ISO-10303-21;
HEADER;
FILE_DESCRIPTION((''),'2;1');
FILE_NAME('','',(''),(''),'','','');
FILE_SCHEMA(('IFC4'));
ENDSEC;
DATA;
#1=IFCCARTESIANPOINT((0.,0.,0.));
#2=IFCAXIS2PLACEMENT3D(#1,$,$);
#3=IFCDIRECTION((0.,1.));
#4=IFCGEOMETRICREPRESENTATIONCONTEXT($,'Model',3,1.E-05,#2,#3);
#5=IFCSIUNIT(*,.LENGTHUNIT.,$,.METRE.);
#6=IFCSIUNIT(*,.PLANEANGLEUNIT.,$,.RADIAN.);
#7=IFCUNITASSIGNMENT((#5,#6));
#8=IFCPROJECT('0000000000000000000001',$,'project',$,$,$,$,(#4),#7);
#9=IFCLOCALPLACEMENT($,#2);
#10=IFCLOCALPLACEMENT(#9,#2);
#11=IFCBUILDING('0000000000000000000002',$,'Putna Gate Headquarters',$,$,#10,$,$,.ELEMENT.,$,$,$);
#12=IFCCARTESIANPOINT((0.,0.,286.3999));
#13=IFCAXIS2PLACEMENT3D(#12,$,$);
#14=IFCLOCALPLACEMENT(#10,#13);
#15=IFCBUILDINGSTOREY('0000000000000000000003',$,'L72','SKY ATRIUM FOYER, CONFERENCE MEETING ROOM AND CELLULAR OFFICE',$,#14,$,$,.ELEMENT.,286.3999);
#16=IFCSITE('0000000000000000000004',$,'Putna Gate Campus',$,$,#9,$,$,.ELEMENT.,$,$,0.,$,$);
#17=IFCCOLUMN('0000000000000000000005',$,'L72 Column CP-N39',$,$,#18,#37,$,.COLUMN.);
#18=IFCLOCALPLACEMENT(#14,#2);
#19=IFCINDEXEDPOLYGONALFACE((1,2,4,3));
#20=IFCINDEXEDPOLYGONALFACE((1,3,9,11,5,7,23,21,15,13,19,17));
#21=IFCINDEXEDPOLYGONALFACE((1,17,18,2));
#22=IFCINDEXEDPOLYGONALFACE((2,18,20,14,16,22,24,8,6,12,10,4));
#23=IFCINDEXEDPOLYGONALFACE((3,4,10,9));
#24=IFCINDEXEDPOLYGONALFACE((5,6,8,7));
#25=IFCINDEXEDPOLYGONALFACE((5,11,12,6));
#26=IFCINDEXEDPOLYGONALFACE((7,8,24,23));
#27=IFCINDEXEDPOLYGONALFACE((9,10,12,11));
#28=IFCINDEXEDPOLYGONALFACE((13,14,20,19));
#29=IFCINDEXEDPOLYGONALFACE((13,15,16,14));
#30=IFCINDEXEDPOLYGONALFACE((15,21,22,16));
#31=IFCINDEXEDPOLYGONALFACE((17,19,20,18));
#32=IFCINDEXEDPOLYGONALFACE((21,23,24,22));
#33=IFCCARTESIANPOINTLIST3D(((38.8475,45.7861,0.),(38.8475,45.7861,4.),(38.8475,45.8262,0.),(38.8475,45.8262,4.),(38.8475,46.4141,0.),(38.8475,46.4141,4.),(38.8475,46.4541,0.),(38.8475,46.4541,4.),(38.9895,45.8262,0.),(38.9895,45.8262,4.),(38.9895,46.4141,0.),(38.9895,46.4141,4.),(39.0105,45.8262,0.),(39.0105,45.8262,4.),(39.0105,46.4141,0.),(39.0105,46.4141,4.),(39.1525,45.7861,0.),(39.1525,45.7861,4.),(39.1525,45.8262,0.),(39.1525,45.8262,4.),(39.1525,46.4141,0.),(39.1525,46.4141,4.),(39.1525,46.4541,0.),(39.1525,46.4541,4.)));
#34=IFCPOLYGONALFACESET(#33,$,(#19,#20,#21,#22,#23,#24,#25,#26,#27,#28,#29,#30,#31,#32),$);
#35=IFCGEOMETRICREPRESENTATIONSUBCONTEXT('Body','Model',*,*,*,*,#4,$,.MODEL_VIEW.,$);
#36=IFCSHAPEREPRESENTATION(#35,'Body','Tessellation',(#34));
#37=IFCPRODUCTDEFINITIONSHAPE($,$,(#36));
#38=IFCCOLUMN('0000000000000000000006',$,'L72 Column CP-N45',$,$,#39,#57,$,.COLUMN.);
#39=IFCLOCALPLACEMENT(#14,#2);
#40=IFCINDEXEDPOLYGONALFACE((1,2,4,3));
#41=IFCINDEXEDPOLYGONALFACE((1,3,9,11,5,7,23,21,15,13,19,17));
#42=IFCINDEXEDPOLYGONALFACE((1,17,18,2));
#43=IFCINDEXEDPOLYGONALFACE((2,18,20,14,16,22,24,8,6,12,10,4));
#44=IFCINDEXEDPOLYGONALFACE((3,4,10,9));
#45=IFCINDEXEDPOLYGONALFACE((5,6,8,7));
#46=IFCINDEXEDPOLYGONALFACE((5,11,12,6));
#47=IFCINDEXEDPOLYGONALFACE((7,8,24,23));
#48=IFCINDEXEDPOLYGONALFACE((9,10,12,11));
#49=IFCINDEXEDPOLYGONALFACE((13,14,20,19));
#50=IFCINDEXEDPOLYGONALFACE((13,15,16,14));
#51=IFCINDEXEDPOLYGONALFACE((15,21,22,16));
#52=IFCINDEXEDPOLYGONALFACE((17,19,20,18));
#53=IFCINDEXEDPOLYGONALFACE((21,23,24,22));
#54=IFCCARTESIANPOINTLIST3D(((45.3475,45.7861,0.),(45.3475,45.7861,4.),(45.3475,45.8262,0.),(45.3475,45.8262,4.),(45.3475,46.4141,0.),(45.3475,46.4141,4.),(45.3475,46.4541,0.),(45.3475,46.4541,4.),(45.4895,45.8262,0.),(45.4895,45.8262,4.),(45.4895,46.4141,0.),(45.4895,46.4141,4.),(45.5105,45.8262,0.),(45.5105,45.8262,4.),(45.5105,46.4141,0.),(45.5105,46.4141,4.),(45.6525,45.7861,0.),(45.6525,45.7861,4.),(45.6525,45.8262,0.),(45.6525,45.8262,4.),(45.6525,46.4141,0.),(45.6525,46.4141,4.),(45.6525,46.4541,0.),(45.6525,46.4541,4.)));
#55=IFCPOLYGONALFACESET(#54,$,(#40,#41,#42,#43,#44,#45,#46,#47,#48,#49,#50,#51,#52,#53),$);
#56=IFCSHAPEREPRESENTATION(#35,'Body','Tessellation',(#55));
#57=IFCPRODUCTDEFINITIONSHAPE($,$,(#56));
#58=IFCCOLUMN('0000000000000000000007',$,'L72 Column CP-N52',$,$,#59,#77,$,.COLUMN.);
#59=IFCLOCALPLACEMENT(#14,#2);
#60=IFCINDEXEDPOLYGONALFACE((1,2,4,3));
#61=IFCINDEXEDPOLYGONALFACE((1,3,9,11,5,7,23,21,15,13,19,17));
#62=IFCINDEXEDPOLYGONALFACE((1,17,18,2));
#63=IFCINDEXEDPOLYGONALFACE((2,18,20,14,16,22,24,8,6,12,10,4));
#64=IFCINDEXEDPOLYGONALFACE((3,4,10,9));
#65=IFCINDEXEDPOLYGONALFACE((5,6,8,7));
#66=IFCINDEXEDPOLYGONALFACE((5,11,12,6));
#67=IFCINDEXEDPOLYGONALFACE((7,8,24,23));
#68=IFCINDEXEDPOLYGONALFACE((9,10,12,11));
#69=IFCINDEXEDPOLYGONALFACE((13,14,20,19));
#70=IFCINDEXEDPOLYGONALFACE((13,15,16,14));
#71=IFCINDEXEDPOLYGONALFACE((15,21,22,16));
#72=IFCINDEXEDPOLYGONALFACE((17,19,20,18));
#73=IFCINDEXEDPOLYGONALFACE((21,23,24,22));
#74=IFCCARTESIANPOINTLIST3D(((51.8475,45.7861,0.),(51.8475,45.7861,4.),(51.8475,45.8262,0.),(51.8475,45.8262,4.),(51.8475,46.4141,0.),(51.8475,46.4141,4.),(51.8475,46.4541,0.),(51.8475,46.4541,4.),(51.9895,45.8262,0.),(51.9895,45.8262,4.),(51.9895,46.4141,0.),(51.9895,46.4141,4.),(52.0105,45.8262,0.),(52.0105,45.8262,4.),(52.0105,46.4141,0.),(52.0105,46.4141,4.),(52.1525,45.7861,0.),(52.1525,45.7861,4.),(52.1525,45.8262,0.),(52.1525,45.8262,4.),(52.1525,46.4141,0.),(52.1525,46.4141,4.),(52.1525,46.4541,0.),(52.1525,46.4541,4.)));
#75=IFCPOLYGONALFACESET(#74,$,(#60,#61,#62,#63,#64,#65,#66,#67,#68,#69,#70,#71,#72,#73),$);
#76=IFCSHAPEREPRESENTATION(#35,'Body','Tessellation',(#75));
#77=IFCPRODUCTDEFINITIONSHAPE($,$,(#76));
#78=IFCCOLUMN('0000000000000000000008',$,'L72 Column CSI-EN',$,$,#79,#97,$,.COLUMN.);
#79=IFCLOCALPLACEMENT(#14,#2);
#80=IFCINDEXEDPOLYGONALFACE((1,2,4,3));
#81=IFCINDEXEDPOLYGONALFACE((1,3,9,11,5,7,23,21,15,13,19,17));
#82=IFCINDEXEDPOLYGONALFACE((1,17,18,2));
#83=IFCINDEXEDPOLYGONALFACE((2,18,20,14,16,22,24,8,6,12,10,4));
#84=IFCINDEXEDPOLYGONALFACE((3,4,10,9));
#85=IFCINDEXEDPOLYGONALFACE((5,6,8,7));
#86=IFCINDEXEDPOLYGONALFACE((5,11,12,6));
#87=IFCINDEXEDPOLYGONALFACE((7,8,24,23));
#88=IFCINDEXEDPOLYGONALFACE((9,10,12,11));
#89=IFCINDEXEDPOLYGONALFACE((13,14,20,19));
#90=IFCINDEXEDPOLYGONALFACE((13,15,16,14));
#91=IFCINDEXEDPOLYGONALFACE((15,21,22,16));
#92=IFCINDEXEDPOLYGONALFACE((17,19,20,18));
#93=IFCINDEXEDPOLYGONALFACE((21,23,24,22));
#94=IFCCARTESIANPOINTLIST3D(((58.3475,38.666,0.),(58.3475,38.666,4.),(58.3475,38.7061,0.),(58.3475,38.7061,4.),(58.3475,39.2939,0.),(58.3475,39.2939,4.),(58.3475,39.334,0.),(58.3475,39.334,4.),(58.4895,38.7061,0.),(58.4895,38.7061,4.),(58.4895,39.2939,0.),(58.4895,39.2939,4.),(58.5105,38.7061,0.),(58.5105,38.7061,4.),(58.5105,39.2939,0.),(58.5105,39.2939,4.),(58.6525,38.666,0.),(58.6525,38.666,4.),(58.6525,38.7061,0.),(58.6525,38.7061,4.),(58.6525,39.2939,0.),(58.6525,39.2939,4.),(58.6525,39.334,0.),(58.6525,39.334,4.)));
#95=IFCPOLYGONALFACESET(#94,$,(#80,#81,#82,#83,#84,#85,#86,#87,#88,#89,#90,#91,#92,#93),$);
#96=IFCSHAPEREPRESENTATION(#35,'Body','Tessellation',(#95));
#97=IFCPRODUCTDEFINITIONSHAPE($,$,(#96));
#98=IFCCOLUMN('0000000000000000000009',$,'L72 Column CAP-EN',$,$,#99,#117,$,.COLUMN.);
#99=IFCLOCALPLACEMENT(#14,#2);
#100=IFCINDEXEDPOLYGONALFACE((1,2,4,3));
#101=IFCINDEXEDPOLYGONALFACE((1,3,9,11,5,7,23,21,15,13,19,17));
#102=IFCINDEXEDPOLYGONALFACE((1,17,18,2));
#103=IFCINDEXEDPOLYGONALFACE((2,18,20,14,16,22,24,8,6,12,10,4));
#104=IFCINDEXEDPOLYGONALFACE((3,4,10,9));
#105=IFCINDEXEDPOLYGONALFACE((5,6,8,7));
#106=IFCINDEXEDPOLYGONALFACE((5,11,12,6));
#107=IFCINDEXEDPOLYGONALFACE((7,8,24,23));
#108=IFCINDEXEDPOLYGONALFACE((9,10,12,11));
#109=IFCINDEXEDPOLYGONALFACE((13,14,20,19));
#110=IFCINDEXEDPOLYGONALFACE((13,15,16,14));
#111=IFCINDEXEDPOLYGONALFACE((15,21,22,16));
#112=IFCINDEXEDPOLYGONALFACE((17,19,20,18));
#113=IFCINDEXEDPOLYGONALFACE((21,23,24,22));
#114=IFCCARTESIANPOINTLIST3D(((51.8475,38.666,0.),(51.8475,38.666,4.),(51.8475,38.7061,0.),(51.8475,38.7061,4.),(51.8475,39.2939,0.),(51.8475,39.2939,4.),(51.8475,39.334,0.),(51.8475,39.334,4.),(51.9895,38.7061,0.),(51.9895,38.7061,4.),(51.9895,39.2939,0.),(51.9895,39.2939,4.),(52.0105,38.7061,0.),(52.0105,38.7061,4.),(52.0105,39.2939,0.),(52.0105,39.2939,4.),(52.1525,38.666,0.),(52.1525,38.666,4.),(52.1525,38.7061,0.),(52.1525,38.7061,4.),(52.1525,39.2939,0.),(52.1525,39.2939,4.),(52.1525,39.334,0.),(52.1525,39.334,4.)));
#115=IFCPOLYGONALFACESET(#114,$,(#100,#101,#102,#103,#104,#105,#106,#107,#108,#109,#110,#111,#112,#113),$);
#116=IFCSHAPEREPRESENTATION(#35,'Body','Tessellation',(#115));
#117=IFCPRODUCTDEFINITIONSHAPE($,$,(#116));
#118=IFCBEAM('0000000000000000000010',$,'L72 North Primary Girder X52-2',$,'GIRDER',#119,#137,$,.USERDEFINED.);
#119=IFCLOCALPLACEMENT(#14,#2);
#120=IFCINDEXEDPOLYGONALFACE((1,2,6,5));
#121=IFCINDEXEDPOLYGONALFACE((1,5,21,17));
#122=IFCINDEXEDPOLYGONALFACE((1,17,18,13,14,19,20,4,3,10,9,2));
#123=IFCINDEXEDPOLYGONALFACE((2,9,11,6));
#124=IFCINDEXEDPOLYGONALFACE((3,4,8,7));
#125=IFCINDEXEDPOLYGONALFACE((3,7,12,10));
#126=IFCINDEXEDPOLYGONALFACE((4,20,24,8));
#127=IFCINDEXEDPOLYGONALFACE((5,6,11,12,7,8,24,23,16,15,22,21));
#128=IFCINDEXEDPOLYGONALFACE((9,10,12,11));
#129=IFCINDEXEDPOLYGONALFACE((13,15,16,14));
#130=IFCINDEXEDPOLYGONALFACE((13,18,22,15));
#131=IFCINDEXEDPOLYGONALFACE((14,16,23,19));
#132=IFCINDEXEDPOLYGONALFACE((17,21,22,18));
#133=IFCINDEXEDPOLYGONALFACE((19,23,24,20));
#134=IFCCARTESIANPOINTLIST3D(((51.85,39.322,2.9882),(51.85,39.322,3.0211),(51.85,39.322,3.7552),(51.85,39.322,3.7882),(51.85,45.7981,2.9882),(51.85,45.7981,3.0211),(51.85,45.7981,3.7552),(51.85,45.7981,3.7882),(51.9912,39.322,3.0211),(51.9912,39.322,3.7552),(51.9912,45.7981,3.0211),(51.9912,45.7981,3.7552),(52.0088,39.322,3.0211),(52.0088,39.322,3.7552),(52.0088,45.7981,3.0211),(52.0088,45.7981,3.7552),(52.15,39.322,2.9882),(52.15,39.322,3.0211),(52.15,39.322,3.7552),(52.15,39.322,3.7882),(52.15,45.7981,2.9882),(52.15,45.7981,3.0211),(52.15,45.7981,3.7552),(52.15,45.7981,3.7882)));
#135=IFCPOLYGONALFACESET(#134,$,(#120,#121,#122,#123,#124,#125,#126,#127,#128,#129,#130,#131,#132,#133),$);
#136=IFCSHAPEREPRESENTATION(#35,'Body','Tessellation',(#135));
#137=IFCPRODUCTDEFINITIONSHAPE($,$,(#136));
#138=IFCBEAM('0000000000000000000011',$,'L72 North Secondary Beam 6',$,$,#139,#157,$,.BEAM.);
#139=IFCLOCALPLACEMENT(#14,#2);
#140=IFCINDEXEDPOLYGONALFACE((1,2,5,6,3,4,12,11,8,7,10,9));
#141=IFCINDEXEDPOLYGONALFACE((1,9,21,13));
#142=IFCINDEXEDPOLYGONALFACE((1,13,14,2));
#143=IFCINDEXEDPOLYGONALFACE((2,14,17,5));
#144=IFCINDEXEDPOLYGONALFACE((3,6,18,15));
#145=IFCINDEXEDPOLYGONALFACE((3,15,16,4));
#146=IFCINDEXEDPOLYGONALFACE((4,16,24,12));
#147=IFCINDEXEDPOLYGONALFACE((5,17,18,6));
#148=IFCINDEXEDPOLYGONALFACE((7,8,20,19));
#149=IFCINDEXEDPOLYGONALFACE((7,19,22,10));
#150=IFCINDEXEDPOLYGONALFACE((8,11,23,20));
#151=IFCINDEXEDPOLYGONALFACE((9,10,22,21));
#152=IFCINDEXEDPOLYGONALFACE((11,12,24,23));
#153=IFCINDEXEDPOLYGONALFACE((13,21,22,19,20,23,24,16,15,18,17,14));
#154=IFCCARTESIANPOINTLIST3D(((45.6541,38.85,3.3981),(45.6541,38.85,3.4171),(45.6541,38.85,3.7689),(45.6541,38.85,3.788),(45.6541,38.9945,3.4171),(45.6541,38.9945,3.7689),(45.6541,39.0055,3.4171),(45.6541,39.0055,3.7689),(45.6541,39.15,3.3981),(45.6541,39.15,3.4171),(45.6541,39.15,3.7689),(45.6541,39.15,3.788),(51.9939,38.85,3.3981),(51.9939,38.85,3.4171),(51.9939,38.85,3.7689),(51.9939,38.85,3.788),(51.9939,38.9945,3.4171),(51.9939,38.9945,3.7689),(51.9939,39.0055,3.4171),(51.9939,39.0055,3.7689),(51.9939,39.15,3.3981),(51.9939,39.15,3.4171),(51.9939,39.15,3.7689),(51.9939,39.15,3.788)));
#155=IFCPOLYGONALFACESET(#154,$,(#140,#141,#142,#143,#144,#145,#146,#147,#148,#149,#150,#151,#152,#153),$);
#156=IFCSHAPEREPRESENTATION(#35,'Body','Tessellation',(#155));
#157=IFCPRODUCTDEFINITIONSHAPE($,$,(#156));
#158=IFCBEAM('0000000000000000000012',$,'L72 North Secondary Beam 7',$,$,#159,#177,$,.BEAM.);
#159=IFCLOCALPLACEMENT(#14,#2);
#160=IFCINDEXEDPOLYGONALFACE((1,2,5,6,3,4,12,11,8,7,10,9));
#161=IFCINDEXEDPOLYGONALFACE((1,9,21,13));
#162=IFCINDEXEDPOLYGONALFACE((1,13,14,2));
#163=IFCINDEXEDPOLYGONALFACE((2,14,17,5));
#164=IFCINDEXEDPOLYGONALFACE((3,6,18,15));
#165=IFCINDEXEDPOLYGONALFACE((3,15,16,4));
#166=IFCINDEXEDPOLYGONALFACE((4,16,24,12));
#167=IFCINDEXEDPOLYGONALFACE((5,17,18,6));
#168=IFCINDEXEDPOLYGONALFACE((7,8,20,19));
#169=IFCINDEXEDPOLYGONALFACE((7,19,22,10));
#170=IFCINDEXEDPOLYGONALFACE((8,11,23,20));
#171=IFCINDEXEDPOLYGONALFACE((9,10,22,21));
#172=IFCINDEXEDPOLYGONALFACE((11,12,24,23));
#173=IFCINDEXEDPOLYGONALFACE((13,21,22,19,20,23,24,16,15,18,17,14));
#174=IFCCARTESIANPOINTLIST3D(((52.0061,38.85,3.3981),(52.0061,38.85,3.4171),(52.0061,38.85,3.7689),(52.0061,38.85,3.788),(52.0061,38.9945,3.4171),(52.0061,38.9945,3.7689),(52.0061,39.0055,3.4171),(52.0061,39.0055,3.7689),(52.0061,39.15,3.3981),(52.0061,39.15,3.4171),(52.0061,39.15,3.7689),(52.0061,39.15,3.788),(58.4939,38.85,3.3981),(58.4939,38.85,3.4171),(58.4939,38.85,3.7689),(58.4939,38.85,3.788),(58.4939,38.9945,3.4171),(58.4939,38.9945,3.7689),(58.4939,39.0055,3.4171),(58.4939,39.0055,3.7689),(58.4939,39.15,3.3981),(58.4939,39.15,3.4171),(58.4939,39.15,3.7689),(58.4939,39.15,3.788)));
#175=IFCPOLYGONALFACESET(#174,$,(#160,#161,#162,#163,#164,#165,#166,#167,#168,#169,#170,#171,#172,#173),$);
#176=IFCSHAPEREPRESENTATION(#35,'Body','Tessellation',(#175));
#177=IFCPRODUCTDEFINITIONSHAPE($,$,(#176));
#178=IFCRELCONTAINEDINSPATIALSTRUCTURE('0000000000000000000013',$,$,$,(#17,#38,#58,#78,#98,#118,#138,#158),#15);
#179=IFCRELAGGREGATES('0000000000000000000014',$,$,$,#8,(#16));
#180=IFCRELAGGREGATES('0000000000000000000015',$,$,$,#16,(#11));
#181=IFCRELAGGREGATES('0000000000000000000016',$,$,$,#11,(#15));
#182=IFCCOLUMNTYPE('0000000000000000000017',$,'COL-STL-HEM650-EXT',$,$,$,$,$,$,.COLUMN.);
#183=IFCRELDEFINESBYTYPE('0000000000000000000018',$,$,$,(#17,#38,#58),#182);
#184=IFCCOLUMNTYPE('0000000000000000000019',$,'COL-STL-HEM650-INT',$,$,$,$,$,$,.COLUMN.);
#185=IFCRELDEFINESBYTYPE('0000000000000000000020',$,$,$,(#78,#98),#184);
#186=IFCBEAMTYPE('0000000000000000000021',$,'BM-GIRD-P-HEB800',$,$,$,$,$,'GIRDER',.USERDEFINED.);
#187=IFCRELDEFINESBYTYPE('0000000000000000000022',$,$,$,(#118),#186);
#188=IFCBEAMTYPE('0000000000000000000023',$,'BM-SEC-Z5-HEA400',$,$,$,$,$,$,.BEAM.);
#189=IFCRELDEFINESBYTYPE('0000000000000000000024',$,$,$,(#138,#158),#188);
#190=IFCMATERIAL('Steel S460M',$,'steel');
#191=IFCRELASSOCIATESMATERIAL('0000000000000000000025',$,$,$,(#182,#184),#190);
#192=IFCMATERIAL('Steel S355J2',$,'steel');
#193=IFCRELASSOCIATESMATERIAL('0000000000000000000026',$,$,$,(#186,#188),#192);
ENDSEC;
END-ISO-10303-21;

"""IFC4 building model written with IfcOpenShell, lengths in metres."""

from ifc_helpers import new_model, si_unit, direction, frame, origin, origin_2d, place, context, subcontext, project, spatial, i_section, extrude, material, material_profile, profile_set, type_object, element, save


model = new_model("IFC4")

# Units and contexts
model_context = context("Model", 3, precision=1e-05, world=origin(), true_north=direction((0.0, 1.0)))
body_context = subcontext(model_context, "Body", "Model", "MODEL_VIEW")
ifc_project = project(units=[si_unit("LENGTHUNIT", "METRE"), si_unit("PLANEANGLEUNIT", "RADIAN")], contexts=[model_context])

# Site, building, storey
site_placement = place(None, origin())
site = spatial("IfcSite", under=ifc_project, at=site_placement, Name="Putna Gate Campus", CompositionType="ELEMENT", RefElevation=0.0)
building_placement = place(site_placement, origin())
building = spatial("IfcBuilding", under=site, at=building_placement, Name="Putna Gate Headquarters", CompositionType="ELEMENT")
storey_placement = place(building_placement, frame((0.0, 0.0, 286.3999)))
storey = spatial("IfcBuildingStorey", under=building, at=storey_placement, Name="L72", Description="SKY ATRIUM FOYER, CONFERENCE MEETING ROOM AND CELLULAR OFFICE", CompositionType="ELEMENT", Elevation=286.3999)

# Columns
ifc_material_1 = material(Name="Steel S460M", Category="steel")
ifc_material_profile_1 = material_profile(ifc_material_1, i_section(OverallWidth=0.3049, OverallDepth=0.668, WebThickness=0.021, FlangeThickness=0.04, at=origin_2d()), Name="Steel S460M")
ifc_profile_set_1 = profile_set([ifc_material_profile_1], Name="Steel S460M")
column_type_1 = type_object("IfcColumnType", Name="COL-STL-HEM650-EXT", PredefinedType="COLUMN", material=ifc_profile_set_1)
for number, where, z_axis, x_axis, name in (
    (1, (39.0, 46.1201, 0.0), (0.0, 0.0, 1.0), (1.0, 0.0, 0.0), "L72 Column CP-N39"),
    (2, (45.5, 46.1201, 0.0), (0.0, 0.0, 1.0), (1.0, 0.0, 0.0), "L72 Column CP-N45"),
    (3, (52.0, 46.1201, 0.0), (0.0, 0.0, 1.0), (1.0, 0.0, 0.0), "L72 Column CP-N52"),
):
    element("IfcColumn", number, at=place(storey_placement, frame(where, z_axis=z_axis, x_axis=x_axis)), inside=storey, type_object=column_type_1, Name=name, PredefinedType="COLUMN", context=body_context, shape_type="SweptSolid", body=[
        extrude(i_section(OverallWidth=0.3049, OverallDepth=0.668, WebThickness=0.021, FlangeThickness=0.04, at=origin_2d()), origin(), (0.0, 0.0, 1.0), 4.0),
    ])
ifc_material_profile_2 = material_profile(ifc_material_1, i_section(OverallWidth=0.3049, OverallDepth=0.668, WebThickness=0.021, FlangeThickness=0.04, at=origin_2d()), Name="Steel S460M")
ifc_profile_set_2 = profile_set([ifc_material_profile_2], Name="Steel S460M")
column_type_2 = type_object("IfcColumnType", Name="COL-STL-HEM650-INT", PredefinedType="COLUMN", material=ifc_profile_set_2)
for number, where, z_axis, x_axis, name in (
    (4, (58.5, 39.0, 0.0), (0.0, 0.0, 1.0), (1.0, 0.0, 0.0), "L72 Column CSI-EN"),
    (5, (52.0, 39.0, 0.0), (0.0, 0.0, 1.0), (1.0, 0.0, 0.0), "L72 Column CAP-EN"),
):
    element("IfcColumn", number, at=place(storey_placement, frame(where, z_axis=z_axis, x_axis=x_axis)), inside=storey, type_object=column_type_2, Name=name, PredefinedType="COLUMN", context=body_context, shape_type="SweptSolid", body=[
        extrude(i_section(OverallWidth=0.3049, OverallDepth=0.668, WebThickness=0.021, FlangeThickness=0.04, at=origin_2d()), origin(), (0.0, 0.0, 1.0), 4.0),
    ])

# Beams
ifc_material_2 = material(Name="Steel S355J2", Category="steel")
ifc_material_profile_3 = material_profile(ifc_material_2, i_section(OverallWidth=0.3, OverallDepth=0.8, WebThickness=0.0176, FlangeThickness=0.033, at=origin_2d()), Name="Steel S355J2")
ifc_profile_set_3 = profile_set([ifc_material_profile_3], Name="Steel S355J2")
beam_type_1 = type_object("IfcBeamType", Name="BM-GIRD-P-HEB800", ElementType="GIRDER", PredefinedType="USERDEFINED", material=ifc_profile_set_3)
beam_1_placement = place(storey_placement, frame((52.0, 39.322, 3.3882), z_axis=(0.0, 1.0, 0.0), x_axis=(-1.0, 0.0, 0.0)))
element("IfcBeam", 6, at=beam_1_placement, inside=storey, type_object=beam_type_1, Name="L72 North Primary Girder X52-2", ObjectType="GIRDER", PredefinedType="USERDEFINED", context=body_context, shape_type="SweptSolid", body=[
    extrude(i_section(OverallWidth=0.3, OverallDepth=0.8, WebThickness=0.0176, FlangeThickness=0.033, at=origin_2d()), origin(), (0.0, 0.0, 1.0), 6.4761),
])
ifc_material_profile_4 = material_profile(ifc_material_2, i_section(OverallWidth=0.3, OverallDepth=0.3899, WebThickness=0.011, FlangeThickness=0.019, at=origin_2d()), Name="Steel S355J2")
ifc_profile_set_4 = profile_set([ifc_material_profile_4], Name="Steel S355J2")
beam_type_2 = type_object("IfcBeamType", Name="BM-SEC-Z5-HEA400", PredefinedType="BEAM", material=ifc_profile_set_4)
beam_2_placement = place(storey_placement, frame((45.6541, 39.0, 3.593), z_axis=(1.0, 0.0, 0.0), x_axis=(0.0, 1.0, 0.0)))
element("IfcBeam", 7, at=beam_2_placement, inside=storey, type_object=beam_type_2, Name="L72 North Secondary Beam 6", PredefinedType="BEAM", context=body_context, shape_type="SweptSolid", body=[
    extrude(i_section(OverallWidth=0.3, OverallDepth=0.3899, WebThickness=0.011, FlangeThickness=0.019, at=origin_2d()), origin(), (0.0, 0.0, 1.0), 6.3398),
])
beam_3_placement = place(storey_placement, frame((52.0061, 39.0, 3.593), z_axis=(1.0, 0.0, 0.0), x_axis=(0.0, 1.0, 0.0)))
element("IfcBeam", 8, at=beam_3_placement, inside=storey, type_object=beam_type_2, Name="L72 North Secondary Beam 7", PredefinedType="BEAM", context=body_context, shape_type="SweptSolid", body=[
    extrude(i_section(OverallWidth=0.3, OverallDepth=0.3899, WebThickness=0.011, FlangeThickness=0.019, at=origin_2d()), origin(), (0.0, 0.0, 1.0), 6.4878),
])

save(model, "model.ifc")
